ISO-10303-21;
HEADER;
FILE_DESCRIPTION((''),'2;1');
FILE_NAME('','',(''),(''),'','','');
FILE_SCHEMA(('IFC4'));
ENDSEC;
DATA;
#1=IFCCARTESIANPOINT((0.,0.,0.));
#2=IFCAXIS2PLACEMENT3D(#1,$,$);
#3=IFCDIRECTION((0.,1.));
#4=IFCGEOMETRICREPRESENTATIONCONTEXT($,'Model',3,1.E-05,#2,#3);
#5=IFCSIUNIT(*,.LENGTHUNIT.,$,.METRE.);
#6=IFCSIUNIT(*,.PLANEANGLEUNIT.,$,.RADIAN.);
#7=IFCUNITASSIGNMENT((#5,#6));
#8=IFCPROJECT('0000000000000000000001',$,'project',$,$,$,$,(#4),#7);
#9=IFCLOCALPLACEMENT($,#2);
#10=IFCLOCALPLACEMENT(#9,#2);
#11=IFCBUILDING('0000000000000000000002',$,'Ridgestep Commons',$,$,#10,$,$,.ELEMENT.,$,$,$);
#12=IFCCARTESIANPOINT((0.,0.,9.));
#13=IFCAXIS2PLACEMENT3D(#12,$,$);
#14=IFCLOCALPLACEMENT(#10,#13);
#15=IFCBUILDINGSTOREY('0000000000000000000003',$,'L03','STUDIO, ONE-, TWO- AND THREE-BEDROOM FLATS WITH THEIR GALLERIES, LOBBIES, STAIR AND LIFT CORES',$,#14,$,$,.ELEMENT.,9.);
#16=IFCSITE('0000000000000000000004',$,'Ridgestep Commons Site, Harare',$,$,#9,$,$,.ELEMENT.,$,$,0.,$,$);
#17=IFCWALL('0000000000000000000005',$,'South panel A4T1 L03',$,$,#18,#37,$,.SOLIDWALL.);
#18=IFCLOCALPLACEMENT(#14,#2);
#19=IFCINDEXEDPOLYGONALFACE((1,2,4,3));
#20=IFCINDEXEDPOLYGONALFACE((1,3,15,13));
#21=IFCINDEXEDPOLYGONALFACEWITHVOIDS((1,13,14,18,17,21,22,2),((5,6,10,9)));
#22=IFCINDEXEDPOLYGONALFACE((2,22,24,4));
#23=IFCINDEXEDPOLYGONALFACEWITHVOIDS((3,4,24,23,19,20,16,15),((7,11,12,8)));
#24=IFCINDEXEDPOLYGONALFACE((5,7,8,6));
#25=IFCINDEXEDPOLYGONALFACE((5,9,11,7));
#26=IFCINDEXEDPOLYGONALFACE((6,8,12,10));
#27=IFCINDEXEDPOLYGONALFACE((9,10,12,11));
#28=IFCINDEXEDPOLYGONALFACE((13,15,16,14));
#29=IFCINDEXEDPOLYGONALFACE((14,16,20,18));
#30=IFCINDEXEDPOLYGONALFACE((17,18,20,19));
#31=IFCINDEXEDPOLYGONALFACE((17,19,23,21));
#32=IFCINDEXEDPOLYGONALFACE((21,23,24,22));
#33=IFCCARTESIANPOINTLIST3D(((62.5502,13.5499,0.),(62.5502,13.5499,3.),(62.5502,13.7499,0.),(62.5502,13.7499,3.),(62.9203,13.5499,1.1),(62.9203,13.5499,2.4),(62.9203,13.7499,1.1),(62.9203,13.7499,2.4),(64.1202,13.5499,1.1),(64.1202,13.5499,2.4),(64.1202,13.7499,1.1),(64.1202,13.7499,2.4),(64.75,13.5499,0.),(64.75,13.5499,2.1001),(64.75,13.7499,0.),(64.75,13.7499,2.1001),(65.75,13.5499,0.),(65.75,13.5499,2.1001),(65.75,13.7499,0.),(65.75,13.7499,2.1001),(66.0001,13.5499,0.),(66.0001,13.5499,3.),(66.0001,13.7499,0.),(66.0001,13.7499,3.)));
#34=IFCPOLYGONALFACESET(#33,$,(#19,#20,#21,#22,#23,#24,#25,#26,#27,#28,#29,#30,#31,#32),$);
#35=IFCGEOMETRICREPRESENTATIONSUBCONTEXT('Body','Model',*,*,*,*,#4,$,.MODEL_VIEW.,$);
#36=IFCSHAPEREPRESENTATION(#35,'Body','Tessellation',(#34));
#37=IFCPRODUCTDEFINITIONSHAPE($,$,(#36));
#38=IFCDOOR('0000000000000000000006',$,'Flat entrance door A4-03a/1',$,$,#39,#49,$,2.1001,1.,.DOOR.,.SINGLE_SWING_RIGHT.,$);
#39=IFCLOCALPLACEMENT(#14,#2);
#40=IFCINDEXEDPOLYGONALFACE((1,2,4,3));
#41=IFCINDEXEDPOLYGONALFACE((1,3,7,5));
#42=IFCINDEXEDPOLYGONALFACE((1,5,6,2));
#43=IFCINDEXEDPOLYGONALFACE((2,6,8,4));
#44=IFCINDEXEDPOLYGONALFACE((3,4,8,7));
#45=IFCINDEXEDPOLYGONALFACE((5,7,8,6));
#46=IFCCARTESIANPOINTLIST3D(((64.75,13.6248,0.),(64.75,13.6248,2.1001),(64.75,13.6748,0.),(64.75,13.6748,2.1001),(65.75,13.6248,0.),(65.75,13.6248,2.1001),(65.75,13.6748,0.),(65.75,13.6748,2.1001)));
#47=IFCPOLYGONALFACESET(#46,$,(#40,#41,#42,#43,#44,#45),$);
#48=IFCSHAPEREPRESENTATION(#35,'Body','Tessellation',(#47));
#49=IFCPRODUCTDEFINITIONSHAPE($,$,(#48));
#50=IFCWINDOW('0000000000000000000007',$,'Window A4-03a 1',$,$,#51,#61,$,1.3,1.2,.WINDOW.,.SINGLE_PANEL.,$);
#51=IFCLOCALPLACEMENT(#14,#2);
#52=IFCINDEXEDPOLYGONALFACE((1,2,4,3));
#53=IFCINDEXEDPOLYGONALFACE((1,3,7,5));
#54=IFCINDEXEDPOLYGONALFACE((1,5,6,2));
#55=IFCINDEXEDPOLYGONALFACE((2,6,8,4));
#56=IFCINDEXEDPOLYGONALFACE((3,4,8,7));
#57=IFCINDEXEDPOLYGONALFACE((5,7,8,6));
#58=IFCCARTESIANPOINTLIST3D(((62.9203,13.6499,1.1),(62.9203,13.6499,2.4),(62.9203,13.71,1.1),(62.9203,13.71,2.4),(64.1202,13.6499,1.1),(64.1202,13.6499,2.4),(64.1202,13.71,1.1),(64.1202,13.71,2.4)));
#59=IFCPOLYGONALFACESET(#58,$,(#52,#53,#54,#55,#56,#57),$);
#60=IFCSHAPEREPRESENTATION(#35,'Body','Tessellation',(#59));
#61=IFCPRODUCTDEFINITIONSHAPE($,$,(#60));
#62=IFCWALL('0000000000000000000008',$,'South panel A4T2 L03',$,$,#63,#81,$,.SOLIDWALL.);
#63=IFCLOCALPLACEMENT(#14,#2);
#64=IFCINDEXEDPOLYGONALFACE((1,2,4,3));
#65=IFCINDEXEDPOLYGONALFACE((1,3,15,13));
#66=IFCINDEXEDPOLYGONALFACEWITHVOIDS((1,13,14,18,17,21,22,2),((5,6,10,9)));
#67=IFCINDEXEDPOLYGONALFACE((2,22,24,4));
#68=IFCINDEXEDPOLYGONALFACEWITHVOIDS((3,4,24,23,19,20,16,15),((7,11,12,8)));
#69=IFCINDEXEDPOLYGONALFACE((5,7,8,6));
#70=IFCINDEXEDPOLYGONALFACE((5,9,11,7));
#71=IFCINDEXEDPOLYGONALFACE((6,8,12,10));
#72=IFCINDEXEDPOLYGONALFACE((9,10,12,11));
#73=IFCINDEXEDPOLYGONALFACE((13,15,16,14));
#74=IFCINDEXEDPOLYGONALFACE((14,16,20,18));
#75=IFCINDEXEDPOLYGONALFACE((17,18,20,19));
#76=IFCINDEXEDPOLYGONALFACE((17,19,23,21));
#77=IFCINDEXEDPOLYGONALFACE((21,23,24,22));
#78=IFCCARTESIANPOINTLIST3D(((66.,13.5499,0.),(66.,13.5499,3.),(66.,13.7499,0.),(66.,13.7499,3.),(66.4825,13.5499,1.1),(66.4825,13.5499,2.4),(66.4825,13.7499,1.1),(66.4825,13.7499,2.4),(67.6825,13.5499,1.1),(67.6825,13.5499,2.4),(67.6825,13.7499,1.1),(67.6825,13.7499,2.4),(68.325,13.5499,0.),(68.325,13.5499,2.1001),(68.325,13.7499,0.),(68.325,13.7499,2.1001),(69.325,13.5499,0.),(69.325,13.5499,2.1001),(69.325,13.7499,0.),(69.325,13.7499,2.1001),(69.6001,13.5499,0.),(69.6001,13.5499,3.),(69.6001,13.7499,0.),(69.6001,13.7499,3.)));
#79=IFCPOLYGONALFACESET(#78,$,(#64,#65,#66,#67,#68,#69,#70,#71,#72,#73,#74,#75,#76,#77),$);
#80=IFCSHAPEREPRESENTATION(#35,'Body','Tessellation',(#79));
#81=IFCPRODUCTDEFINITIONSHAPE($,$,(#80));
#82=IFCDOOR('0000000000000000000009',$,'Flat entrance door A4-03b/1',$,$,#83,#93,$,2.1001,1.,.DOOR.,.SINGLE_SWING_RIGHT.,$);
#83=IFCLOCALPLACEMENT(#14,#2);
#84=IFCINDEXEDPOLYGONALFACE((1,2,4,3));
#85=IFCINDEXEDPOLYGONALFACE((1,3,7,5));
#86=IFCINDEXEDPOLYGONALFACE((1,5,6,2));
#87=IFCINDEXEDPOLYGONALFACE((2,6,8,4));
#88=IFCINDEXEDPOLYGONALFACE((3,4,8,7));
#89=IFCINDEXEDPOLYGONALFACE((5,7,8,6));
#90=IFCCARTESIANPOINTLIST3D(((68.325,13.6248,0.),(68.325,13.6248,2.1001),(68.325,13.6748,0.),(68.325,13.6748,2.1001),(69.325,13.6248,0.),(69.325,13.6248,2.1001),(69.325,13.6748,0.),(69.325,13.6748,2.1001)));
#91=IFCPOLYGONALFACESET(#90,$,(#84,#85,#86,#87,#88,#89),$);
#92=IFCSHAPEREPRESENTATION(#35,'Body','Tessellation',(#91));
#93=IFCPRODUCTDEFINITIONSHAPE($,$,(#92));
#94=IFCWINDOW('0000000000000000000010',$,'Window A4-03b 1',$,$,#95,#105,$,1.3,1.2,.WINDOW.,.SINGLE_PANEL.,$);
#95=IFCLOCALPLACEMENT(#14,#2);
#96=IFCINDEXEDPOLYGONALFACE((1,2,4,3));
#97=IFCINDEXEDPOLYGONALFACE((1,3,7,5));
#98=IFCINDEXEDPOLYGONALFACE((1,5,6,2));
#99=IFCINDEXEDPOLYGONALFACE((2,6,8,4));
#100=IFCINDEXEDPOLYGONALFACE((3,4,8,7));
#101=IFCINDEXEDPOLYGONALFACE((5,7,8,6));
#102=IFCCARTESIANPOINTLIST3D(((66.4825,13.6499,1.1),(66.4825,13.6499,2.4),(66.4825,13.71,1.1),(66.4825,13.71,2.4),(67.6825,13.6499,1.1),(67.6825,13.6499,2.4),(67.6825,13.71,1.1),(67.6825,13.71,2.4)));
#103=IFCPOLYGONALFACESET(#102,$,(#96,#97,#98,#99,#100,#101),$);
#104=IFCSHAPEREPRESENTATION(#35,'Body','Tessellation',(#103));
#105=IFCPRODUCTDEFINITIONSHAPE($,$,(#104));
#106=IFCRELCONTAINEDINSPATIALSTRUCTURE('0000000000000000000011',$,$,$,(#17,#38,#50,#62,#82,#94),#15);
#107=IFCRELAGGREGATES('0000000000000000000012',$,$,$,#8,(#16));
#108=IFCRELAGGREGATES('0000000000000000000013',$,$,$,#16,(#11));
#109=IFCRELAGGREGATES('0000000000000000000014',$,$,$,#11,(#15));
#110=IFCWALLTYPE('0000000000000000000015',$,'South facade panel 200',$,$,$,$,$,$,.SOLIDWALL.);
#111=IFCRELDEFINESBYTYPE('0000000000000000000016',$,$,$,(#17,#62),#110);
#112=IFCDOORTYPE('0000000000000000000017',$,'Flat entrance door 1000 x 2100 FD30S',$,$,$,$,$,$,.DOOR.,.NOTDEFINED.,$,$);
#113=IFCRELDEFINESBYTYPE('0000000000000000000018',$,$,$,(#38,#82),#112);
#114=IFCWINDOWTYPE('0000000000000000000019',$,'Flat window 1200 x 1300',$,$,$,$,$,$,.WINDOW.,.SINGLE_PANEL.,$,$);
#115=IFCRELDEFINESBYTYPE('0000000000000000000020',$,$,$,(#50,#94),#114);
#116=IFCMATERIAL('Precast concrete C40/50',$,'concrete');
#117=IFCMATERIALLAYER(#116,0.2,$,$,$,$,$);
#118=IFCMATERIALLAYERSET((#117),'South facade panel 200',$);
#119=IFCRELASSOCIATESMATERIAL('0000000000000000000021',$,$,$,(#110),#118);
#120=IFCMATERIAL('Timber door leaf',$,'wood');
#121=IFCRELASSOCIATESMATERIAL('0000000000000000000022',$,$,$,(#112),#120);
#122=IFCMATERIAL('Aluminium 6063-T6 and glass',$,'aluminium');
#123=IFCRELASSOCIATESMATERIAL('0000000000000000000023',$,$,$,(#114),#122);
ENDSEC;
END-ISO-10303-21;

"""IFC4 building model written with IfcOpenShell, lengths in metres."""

from ifc_helpers import new_model, si_unit, direction, frame, frame_2d, origin, place, context, subcontext, project, spatial, rectangle, extrude, material, layer, layer_set, type_object, element, fill, save


model = new_model("IFC4")

# Units and contexts
model_context = context("Model", 3, precision=1e-05, world=origin(), true_north=direction((0.0, 1.0)))
body_context = subcontext(model_context, "Body", "Model", "MODEL_VIEW")
ifc_project = project(units=[si_unit("LENGTHUNIT", "METRE"), si_unit("PLANEANGLEUNIT", "RADIAN")], contexts=[model_context])

# Site, building, storey
site_placement = place(None, origin())
site = spatial("IfcSite", under=ifc_project, at=site_placement, Name="Ridgestep Commons Site, Harare", CompositionType="ELEMENT", RefElevation=0.0)
building_placement = place(site_placement, origin())
building = spatial("IfcBuilding", under=site, at=building_placement, Name="Ridgestep Commons", CompositionType="ELEMENT")
storey_placement = place(building_placement, frame((0.0, 0.0, 9.0)))
storey = spatial("IfcBuildingStorey", under=building, at=storey_placement, Name="L03", Description="STUDIO, ONE-, TWO- AND THREE-BEDROOM FLATS WITH THEIR GALLERIES, LOBBIES, STAIR AND LIFT CORES", CompositionType="ELEMENT", Elevation=9.0)

# Walls, openings, doors, windows
ifc_material_1 = material(Name="Precast concrete C40/50", Category="concrete")
ifc_layer_1 = layer(ifc_material_1, 0.2)
ifc_layer_set_1 = layer_set([ifc_layer_1], Name="South facade panel 200")
wall_type_1 = type_object("IfcWallType", Name="South facade panel 200", PredefinedType="SOLIDWALL", material=ifc_layer_set_1)
wall_1_placement = place(storey_placement, frame((62.55, 13.6499, 0.0), z_axis=(0.0, 0.0, 1.0), x_axis=(1.0, 0.0, 0.0)))
wall_1 = element("IfcWall", 1, at=wall_1_placement, inside=storey, type_object=wall_type_1, Name="South panel A4T1 L03", PredefinedType="SOLIDWALL", context=body_context, shape_type="SweptSolid", body=[
    extrude(rectangle(XDim=3.45, YDim=0.2, at=frame_2d((1.7251, 0.0))), origin(), (0.0, 0.0, 1.0), 3.0),
])
opening_1_placement = place(wall_1_placement, frame((0.3701, 0.0, 1.1001)))
opening_1 = element("IfcOpeningElement", 2, at=opening_1_placement, cuts=wall_1, PredefinedType="OPENING", context=body_context, shape_type="SweptSolid", body=[
    extrude(rectangle(XDim=1.2, YDim=1.3, at=frame_2d((0.6001, 0.6499))), frame((0.0, 0.1099, 0.0), z_axis=(0.0, -1.0, 0.0), x_axis=(1.0, 0.0, 0.0)), (0.0, 0.0, 1.0), 0.22),
])
opening_2_placement = place(wall_1_placement, frame((2.2, 0.0, 0.0)))
opening_2 = element("IfcOpeningElement", 3, at=opening_2_placement, cuts=wall_1, PredefinedType="OPENING", context=body_context, shape_type="SweptSolid", body=[
    extrude(rectangle(XDim=1.0, YDim=2.1001, at=frame_2d((0.5, 1.05))), frame((0.0, 0.1099, 0.0), z_axis=(0.0, -1.0, 0.0), x_axis=(1.0, 0.0, 0.0)), (0.0, 0.0, 1.0), 0.22),
])
ifc_material_2 = material(Name="Timber door leaf", Category="wood")
door_type_1 = type_object("IfcDoorType", Name="Flat entrance door 1000 x 2100 FD30S", OperationType="NOTDEFINED", PredefinedType="DOOR", material=ifc_material_2)
door_1_placement = place(opening_2_placement, origin())
door_1 = element("IfcDoor", 4, at=door_1_placement, inside=storey, type_object=door_type_1, Name="Flat entrance door A4-03a/1", OperationType="SINGLE_SWING_RIGHT", OverallHeight=2.1001, OverallWidth=1.0, PredefinedType="DOOR", context=body_context, shape_type="SweptSolid", body=[
    extrude(rectangle(XDim=1.0, YDim=2.1001, at=frame_2d((0.5, 1.05))), frame((0.0, 0.0249, 0.0), z_axis=(0.0, -1.0, 0.0), x_axis=(1.0, 0.0, 0.0)), (0.0, 0.0, 1.0), 0.05),
])
fill(opening_2, door_1)
ifc_material_3 = material(Name="Aluminium 6063-T6 and glass", Category="aluminium")
window_type = type_object("IfcWindowType", Name="Flat window 1200 x 1300", PartitioningType="SINGLE_PANEL", PredefinedType="WINDOW", material=ifc_material_3)
window_1_placement = place(opening_1_placement, origin())
window_1 = element("IfcWindow", 5, at=window_1_placement, inside=storey, type_object=window_type, Name="Window A4-03a 1", OverallHeight=1.3, OverallWidth=1.2, PartitioningType="SINGLE_PANEL", PredefinedType="WINDOW", context=body_context, shape_type="SweptSolid", body=[
    extrude(rectangle(XDim=1.2, YDim=1.3, at=frame_2d((0.6001, 0.6499))), frame((0.0, 0.0601, 0.0), z_axis=(0.0, -1.0, 0.0), x_axis=(1.0, 0.0, 0.0)), (0.0, 0.0, 1.0), 0.0601),
])
fill(opening_1, window_1)
wall_2_placement = place(storey_placement, frame((66.0, 13.6499, 0.0), z_axis=(0.0, 0.0, 1.0), x_axis=(1.0, 0.0, 0.0)))
wall_2 = element("IfcWall", 6, at=wall_2_placement, inside=storey, type_object=wall_type_1, Name="South panel A4T2 L03", PredefinedType="SOLIDWALL", context=body_context, shape_type="SweptSolid", body=[
    extrude(rectangle(XDim=3.6001, YDim=0.2, at=frame_2d((1.8, 0.0))), origin(), (0.0, 0.0, 1.0), 3.0),
])
opening_3_placement = place(wall_2_placement, frame((0.4824, 0.0, 1.1001)))
opening_3 = element("IfcOpeningElement", 7, at=opening_3_placement, cuts=wall_2, PredefinedType="OPENING", context=body_context, shape_type="SweptSolid", body=[
    extrude(rectangle(XDim=1.2, YDim=1.3, at=frame_2d((0.6001, 0.6499))), frame((0.0, 0.1099, 0.0), z_axis=(0.0, -1.0, 0.0), x_axis=(1.0, 0.0, 0.0)), (0.0, 0.0, 1.0), 0.22),
])
opening_4_placement = place(wall_2_placement, frame((2.325, 0.0, 0.0)))
opening_4 = element("IfcOpeningElement", 8, at=opening_4_placement, cuts=wall_2, PredefinedType="OPENING", context=body_context, shape_type="SweptSolid", body=[
    extrude(rectangle(XDim=1.0, YDim=2.1001, at=frame_2d((0.5, 1.05))), frame((0.0, 0.1099, 0.0), z_axis=(0.0, -1.0, 0.0), x_axis=(1.0, 0.0, 0.0)), (0.0, 0.0, 1.0), 0.22),
])
door_2_placement = place(opening_4_placement, origin())
door_2 = element("IfcDoor", 9, at=door_2_placement, inside=storey, type_object=door_type_1, Name="Flat entrance door A4-03b/1", OperationType="SINGLE_SWING_RIGHT", OverallHeight=2.1001, OverallWidth=1.0, PredefinedType="DOOR", context=body_context, shape_type="SweptSolid", body=[
    extrude(rectangle(XDim=1.0, YDim=2.1001, at=frame_2d((0.5, 1.05))), frame((0.0, 0.0249, 0.0), z_axis=(0.0, -1.0, 0.0), x_axis=(1.0, 0.0, 0.0)), (0.0, 0.0, 1.0), 0.05),
])
fill(opening_4, door_2)
window_2_placement = place(opening_3_placement, origin())
window_2 = element("IfcWindow", 10, at=window_2_placement, inside=storey, type_object=window_type, Name="Window A4-03b 1", OverallHeight=1.3, OverallWidth=1.2, PartitioningType="SINGLE_PANEL", PredefinedType="WINDOW", context=body_context, shape_type="SweptSolid", body=[
    extrude(rectangle(XDim=1.2, YDim=1.3, at=frame_2d((0.6001, 0.6499))), frame((0.0, 0.0601, 0.0), z_axis=(0.0, -1.0, 0.0), x_axis=(1.0, 0.0, 0.0)), (0.0, 0.0, 1.0), 0.0601),
])
fill(opening_3, window_2)

save(model, "model.ifc")
